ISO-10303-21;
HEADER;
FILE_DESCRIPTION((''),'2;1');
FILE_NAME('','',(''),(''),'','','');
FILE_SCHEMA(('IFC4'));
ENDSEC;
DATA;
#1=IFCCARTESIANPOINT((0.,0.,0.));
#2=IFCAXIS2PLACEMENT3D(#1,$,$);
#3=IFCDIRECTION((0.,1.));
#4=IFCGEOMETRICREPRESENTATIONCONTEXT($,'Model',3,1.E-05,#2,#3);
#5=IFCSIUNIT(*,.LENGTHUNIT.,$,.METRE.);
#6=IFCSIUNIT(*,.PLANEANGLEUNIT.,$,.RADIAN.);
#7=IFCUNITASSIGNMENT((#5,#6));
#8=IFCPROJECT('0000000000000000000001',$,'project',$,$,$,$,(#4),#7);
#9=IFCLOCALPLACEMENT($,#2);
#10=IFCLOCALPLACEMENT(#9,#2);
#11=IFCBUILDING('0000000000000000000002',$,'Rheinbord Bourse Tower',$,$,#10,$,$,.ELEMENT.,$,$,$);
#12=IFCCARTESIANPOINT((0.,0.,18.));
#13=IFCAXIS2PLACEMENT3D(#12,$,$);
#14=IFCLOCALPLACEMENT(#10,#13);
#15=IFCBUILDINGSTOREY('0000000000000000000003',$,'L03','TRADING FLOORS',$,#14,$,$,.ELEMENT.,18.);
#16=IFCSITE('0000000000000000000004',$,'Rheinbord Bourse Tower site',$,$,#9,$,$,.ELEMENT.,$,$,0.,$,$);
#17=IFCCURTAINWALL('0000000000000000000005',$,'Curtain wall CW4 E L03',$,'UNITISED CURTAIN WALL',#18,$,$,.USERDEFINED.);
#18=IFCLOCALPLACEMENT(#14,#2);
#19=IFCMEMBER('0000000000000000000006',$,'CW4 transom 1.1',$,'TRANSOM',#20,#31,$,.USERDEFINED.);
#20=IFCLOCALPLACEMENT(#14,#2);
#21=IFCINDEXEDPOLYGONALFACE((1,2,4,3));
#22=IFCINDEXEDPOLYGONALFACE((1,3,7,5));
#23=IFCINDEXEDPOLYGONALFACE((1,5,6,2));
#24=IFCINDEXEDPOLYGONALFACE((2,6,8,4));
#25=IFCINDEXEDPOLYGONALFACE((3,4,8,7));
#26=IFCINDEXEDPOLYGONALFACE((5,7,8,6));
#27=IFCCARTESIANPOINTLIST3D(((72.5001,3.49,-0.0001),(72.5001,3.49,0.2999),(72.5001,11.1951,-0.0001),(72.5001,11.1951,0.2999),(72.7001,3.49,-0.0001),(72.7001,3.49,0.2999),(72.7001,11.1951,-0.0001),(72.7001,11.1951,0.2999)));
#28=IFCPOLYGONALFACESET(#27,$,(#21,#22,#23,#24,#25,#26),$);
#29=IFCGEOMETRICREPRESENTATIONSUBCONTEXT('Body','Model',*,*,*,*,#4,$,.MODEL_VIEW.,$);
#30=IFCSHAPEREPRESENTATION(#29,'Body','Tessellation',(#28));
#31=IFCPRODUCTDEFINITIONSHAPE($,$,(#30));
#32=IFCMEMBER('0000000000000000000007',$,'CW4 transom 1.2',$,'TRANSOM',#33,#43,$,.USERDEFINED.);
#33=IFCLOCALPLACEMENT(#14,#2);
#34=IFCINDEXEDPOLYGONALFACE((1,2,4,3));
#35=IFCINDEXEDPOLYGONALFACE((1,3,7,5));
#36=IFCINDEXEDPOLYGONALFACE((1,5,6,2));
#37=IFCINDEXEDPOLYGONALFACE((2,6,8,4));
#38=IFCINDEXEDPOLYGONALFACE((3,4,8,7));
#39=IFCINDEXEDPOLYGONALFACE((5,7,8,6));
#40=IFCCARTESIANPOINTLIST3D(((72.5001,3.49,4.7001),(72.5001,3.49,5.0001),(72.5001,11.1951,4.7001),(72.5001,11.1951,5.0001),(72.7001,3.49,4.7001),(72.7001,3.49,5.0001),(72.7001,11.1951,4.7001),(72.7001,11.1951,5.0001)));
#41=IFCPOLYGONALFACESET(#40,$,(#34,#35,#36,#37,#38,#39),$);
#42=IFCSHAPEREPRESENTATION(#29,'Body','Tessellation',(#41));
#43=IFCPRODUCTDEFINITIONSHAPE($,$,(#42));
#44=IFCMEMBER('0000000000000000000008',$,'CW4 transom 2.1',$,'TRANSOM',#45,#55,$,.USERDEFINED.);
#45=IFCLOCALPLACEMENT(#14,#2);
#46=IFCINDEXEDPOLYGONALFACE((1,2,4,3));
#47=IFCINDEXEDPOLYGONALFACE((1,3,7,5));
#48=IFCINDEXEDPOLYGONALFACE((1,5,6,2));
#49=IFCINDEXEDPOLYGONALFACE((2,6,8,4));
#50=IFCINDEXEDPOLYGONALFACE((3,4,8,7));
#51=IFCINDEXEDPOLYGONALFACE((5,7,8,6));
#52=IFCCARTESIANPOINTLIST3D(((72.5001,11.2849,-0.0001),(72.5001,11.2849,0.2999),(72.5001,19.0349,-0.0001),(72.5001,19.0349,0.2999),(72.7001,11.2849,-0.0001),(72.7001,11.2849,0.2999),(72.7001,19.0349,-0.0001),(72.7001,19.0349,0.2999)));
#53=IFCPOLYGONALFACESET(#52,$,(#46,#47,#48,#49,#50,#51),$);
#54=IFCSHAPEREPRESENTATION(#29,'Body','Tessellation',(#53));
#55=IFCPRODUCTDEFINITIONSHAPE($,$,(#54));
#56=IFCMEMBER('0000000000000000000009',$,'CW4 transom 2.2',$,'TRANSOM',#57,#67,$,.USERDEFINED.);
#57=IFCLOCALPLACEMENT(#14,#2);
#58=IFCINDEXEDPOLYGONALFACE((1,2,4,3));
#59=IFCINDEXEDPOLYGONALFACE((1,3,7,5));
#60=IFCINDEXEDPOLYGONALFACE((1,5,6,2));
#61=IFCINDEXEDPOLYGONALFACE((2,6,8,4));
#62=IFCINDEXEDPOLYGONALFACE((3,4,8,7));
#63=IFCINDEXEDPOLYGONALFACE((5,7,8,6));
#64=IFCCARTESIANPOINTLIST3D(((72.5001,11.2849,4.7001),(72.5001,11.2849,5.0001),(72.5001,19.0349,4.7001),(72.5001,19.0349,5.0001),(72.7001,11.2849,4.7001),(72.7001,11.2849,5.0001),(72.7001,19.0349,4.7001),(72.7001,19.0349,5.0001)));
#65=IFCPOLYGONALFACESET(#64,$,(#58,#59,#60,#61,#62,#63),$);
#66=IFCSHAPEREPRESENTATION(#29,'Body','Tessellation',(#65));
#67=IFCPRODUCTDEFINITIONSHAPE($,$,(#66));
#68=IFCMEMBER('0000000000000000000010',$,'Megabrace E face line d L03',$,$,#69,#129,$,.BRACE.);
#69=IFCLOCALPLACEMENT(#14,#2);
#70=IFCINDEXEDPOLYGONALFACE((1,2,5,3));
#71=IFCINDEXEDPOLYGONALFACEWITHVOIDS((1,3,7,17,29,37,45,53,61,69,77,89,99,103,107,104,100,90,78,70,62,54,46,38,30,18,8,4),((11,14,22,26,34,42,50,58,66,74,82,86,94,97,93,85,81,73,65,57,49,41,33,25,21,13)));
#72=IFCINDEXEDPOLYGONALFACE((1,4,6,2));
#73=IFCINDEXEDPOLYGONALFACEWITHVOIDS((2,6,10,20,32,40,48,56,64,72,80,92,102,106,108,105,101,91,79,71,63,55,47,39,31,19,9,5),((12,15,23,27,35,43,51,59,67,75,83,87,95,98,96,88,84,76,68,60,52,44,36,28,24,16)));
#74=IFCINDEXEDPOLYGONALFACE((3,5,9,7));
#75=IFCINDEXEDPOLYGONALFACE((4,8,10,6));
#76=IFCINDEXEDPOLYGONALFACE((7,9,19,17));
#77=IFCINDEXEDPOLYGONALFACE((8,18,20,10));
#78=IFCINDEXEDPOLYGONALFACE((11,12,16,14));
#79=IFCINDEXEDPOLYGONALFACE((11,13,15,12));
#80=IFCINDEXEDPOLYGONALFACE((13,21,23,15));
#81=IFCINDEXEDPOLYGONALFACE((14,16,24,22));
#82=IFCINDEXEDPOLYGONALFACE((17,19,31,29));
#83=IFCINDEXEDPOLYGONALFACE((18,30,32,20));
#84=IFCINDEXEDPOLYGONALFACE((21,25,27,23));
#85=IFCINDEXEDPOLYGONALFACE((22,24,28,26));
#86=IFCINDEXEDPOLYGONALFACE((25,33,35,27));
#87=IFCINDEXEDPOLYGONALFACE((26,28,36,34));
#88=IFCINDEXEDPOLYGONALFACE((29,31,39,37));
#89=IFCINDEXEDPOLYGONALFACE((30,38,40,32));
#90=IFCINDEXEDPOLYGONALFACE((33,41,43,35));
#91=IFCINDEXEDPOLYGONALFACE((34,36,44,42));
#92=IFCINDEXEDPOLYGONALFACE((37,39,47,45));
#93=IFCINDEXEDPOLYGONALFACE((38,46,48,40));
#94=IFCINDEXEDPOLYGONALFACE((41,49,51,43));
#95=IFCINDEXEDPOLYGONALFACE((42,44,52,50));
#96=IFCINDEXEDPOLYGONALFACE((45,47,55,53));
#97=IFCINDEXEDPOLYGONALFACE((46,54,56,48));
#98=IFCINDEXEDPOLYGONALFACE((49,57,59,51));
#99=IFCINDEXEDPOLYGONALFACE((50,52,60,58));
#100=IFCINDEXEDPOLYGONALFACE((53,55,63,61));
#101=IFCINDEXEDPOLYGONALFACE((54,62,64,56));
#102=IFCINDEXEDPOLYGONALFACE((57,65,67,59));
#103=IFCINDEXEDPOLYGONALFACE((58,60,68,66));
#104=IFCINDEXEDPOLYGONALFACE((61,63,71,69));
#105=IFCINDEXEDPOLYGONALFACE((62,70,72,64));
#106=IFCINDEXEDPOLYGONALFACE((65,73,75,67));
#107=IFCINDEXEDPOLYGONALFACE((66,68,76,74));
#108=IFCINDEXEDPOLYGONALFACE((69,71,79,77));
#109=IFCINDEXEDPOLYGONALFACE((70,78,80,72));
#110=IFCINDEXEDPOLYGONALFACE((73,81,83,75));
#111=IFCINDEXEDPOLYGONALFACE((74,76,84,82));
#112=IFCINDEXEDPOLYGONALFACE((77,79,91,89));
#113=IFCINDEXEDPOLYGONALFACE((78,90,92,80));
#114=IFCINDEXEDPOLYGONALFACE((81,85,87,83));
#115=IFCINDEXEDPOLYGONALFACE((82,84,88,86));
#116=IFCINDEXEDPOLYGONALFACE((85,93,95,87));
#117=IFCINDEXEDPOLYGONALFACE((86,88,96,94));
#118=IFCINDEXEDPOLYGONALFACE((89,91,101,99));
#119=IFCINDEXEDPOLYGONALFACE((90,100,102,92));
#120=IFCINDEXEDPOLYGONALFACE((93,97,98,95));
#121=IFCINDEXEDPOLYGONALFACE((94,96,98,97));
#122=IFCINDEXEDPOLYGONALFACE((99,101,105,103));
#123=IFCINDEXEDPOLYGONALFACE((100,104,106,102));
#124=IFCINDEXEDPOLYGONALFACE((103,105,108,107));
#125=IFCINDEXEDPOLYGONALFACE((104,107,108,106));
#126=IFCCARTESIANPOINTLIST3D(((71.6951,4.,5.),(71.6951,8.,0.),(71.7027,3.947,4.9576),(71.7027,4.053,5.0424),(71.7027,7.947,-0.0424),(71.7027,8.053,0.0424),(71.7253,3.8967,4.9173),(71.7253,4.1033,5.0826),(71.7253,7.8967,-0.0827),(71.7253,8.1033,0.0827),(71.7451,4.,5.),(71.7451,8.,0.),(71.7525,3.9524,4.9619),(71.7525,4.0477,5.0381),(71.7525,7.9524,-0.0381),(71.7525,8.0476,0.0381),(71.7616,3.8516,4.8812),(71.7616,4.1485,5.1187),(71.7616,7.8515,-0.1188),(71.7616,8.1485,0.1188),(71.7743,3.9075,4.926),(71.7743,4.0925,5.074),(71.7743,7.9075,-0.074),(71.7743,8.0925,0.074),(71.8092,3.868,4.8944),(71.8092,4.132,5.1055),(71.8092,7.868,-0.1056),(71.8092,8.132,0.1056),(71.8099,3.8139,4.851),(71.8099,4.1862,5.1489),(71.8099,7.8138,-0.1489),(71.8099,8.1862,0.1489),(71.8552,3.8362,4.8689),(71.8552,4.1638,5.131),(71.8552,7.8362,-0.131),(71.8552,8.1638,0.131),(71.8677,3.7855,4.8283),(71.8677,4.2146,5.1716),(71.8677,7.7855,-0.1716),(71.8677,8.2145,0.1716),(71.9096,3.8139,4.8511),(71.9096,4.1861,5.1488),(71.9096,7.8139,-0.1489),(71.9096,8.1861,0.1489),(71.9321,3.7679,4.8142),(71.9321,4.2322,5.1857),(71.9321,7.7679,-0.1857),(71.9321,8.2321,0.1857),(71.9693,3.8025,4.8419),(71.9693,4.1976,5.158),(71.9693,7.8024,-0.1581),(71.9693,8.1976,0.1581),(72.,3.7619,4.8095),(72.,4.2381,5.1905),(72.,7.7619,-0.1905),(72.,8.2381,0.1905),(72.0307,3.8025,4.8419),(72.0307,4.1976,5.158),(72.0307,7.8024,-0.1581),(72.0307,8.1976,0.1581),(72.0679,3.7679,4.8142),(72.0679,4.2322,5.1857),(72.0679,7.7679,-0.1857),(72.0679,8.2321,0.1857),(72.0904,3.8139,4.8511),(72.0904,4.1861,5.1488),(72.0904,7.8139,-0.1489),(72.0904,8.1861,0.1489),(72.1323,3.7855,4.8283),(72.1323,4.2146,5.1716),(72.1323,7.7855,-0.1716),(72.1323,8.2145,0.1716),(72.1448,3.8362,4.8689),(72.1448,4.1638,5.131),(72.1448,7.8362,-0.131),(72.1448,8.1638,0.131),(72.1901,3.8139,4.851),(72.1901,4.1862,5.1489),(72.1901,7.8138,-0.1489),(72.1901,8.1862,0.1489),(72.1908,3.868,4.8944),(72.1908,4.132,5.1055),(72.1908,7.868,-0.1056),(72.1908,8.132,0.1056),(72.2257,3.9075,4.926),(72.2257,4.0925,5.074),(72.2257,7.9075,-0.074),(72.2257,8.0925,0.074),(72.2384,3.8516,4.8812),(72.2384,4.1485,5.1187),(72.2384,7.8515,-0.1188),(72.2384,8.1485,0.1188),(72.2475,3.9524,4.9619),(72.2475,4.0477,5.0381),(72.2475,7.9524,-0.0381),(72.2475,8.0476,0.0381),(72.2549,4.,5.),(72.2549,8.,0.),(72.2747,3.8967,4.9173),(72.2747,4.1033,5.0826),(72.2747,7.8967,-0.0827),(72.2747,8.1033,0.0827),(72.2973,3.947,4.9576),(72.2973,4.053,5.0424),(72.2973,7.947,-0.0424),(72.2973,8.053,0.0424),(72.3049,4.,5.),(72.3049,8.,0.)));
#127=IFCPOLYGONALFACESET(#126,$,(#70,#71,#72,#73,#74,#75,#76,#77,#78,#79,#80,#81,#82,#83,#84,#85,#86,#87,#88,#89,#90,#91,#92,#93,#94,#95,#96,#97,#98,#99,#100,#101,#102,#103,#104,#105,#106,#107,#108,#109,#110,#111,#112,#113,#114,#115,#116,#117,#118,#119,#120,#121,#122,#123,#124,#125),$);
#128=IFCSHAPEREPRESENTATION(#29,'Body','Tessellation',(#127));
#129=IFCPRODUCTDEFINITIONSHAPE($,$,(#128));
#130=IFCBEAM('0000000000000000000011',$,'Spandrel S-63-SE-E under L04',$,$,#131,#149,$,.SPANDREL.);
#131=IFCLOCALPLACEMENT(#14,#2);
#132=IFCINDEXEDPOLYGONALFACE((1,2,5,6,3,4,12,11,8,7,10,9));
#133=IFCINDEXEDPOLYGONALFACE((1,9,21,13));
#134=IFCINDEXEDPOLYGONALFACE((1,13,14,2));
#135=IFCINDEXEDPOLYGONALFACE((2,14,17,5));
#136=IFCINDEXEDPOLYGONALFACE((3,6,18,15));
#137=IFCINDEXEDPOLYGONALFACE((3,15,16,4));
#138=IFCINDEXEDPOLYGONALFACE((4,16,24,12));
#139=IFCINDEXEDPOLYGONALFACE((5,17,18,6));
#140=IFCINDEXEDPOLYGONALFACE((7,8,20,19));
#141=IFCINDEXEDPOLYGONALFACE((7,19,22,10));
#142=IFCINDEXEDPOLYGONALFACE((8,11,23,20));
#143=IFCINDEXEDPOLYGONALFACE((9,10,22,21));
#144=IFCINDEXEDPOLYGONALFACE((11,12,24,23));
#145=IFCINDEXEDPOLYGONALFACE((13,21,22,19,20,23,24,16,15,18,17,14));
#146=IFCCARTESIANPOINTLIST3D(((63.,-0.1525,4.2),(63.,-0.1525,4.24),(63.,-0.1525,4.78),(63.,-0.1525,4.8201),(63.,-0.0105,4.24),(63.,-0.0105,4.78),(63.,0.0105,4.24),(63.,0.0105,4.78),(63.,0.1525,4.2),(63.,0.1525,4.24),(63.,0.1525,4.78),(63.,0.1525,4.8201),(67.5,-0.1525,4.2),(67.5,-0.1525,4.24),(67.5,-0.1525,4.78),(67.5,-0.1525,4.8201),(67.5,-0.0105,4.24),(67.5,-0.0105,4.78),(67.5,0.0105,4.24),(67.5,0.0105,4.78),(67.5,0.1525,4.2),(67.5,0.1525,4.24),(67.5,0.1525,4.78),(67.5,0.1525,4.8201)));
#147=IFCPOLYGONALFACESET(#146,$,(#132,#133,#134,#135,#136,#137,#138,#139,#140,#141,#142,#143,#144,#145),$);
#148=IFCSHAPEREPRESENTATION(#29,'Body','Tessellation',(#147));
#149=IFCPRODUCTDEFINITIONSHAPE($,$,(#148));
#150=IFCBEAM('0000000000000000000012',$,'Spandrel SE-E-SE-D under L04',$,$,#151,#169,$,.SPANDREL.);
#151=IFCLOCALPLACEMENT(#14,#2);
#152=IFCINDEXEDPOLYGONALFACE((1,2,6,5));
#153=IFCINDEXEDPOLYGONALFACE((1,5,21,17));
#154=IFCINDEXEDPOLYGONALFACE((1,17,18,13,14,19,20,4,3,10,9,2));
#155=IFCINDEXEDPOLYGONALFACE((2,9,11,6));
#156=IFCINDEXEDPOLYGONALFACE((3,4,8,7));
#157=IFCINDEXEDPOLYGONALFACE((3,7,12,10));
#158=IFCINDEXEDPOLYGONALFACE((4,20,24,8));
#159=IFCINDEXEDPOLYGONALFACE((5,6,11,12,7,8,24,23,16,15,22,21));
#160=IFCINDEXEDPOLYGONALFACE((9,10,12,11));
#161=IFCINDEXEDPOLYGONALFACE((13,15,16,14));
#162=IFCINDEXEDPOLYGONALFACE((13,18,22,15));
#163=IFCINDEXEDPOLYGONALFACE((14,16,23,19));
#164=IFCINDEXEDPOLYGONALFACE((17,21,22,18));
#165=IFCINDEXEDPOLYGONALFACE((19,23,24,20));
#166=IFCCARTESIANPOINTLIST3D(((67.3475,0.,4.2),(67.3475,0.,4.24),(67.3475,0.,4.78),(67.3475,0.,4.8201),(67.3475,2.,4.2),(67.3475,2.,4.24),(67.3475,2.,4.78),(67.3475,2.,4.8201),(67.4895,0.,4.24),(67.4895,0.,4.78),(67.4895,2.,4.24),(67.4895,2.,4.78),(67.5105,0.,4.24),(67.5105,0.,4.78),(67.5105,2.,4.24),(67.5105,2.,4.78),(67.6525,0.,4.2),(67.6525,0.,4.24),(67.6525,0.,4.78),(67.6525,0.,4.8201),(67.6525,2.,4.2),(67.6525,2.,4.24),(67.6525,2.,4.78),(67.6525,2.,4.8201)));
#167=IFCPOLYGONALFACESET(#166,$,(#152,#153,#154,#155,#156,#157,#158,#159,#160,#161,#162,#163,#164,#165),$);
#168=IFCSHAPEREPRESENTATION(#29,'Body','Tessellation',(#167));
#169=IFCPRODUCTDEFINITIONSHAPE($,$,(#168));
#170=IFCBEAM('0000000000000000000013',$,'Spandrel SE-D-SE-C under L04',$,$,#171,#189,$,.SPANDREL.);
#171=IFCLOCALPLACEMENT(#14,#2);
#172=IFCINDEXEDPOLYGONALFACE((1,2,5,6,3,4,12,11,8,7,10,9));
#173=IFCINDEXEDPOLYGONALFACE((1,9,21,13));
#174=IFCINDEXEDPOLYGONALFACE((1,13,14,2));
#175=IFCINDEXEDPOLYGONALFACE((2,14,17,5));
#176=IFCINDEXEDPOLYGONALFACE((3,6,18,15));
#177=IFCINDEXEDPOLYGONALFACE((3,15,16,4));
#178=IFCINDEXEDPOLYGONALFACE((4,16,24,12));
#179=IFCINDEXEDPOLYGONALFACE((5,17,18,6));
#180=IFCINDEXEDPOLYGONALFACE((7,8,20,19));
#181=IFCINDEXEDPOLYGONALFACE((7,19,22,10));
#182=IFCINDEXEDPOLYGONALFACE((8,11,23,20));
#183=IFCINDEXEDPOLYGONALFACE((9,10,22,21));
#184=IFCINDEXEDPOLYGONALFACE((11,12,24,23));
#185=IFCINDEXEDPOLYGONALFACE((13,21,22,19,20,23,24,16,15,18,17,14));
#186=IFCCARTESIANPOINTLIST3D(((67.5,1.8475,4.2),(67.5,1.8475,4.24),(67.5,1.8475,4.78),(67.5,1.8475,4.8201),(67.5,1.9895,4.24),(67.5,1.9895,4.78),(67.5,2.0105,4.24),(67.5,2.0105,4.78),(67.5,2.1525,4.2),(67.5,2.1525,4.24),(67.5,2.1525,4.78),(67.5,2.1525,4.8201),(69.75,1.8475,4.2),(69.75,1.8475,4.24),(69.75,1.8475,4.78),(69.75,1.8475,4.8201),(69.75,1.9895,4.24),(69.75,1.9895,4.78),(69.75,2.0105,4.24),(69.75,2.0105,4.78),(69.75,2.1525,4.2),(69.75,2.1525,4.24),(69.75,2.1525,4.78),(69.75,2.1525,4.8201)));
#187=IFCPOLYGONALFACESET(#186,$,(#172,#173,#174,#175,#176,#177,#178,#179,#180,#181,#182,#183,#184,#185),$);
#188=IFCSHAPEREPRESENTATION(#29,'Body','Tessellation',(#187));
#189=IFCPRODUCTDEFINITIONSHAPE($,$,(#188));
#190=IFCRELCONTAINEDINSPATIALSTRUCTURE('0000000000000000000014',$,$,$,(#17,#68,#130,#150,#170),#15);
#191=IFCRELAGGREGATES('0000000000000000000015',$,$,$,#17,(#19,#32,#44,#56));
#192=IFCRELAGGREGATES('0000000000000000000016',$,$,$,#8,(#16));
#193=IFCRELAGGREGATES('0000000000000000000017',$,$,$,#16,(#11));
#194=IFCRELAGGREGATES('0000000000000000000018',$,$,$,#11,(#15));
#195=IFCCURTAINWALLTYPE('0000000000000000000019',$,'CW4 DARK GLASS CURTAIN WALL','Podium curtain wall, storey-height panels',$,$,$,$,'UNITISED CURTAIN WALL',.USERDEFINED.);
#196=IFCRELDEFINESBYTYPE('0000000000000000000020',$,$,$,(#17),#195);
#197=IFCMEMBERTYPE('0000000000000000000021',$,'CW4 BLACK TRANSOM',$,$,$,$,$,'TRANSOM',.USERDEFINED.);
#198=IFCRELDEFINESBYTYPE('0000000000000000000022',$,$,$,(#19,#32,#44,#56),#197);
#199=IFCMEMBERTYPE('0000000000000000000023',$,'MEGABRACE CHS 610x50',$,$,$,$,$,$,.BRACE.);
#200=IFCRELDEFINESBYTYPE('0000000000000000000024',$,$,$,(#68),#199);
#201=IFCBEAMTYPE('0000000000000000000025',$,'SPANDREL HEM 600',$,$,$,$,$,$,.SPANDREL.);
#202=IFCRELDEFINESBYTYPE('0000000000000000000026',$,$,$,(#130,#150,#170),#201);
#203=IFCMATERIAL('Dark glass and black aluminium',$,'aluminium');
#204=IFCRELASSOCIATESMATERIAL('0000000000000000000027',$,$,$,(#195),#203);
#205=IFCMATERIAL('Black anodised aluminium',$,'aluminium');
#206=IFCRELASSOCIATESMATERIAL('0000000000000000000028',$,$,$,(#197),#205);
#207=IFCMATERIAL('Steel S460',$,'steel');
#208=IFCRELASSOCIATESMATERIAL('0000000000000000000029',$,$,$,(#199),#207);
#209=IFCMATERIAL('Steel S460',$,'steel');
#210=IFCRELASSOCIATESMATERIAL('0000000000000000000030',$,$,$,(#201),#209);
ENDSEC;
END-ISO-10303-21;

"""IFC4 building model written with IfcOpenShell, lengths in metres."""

from ifc_helpers import new_model, si_unit, direction, frame, origin, origin_2d, place, context, subcontext, project, spatial, rectangle, hollow_circle, i_section, extrude, material, material_profile, profile_set, type_object, element, aggregate, save


model = new_model("IFC4")

# Units and contexts
model_context = context("Model", 3, precision=1e-05, world=origin(), true_north=direction((0.0, 1.0)))
body_context = subcontext(model_context, "Body", "Model", "MODEL_VIEW")
ifc_project = project(units=[si_unit("LENGTHUNIT", "METRE"), si_unit("PLANEANGLEUNIT", "RADIAN")], contexts=[model_context])

# Site, building, storey
site_placement = place(None, origin())
site = spatial("IfcSite", under=ifc_project, at=site_placement, Name="Rheinbord Bourse Tower site", CompositionType="ELEMENT", RefElevation=0.0)
building_placement = place(site_placement, origin())
building = spatial("IfcBuilding", under=site, at=building_placement, Name="Rheinbord Bourse Tower", CompositionType="ELEMENT")
storey_placement = place(building_placement, frame((0.0, 0.0, 18.0)))
storey = spatial("IfcBuildingStorey", under=building, at=storey_placement, Name="L03", Description="TRADING FLOORS", CompositionType="ELEMENT", Elevation=18.0)

# Curtain wall
ifc_material_1 = material(Name="Dark glass and black aluminium", Category="aluminium")
curtain_wall_type = type_object("IfcCurtainWallType", Name="CW4 DARK GLASS CURTAIN WALL", Description="Podium curtain wall, storey-height panels", ElementType="UNITISED CURTAIN WALL", PredefinedType="USERDEFINED", material=ifc_material_1)
curtain_wall_1_placement = place(storey_placement, origin())
curtain_wall_1 = element("IfcCurtainWall", 1, at=curtain_wall_1_placement, inside=storey, type_object=curtain_wall_type, Name="Curtain wall CW4 E L03", ObjectType="UNITISED CURTAIN WALL", PredefinedType="USERDEFINED")

# Members
ifc_material_2 = material(Name="Black anodised aluminium", Category="aluminium")
ifc_material_profile_1 = material_profile(ifc_material_2, rectangle(XDim=0.2, YDim=0.3, at=origin_2d()), Name="CW4 TRANSOM 300x200")
ifc_profile_set_1 = profile_set([ifc_material_profile_1], Name="Black anodised aluminium")
member_type_1 = type_object("IfcMemberType", Name="CW4 BLACK TRANSOM", ElementType="TRANSOM", PredefinedType="USERDEFINED", material=ifc_profile_set_1)
member_1_placement = place(storey_placement, frame((72.6001, 3.49, 0.1499), z_axis=(0.0, 1.0, 0.0), x_axis=(-1.0, 0.0, 0.0)))
member_1 = element("IfcMember", 2, at=member_1_placement, type_object=member_type_1, Name="CW4 transom 1.1", ObjectType="TRANSOM", PredefinedType="USERDEFINED", context=body_context, shape_type="SweptSolid", body=[
    extrude(rectangle(XDim=0.2, YDim=0.3, at=origin_2d()), origin(), (0.0, 0.0, 1.0), 7.7051),
])
member_2_placement = place(storey_placement, frame((72.6001, 3.49, 4.8501), z_axis=(0.0, 1.0, 0.0), x_axis=(-1.0, 0.0, 0.0)))
member_2 = element("IfcMember", 3, at=member_2_placement, type_object=member_type_1, Name="CW4 transom 1.2", ObjectType="TRANSOM", PredefinedType="USERDEFINED", context=body_context, shape_type="SweptSolid", body=[
    extrude(rectangle(XDim=0.2, YDim=0.3, at=origin_2d()), origin(), (0.0, 0.0, 1.0), 7.7051),
])
member_3_placement = place(storey_placement, frame((72.6001, 11.2849, 0.1499), z_axis=(0.0, 1.0, 0.0), x_axis=(-1.0, 0.0, 0.0)))
member_3 = element("IfcMember", 4, at=member_3_placement, type_object=member_type_1, Name="CW4 transom 2.1", ObjectType="TRANSOM", PredefinedType="USERDEFINED", context=body_context, shape_type="SweptSolid", body=[
    extrude(rectangle(XDim=0.2, YDim=0.3, at=origin_2d()), origin(), (0.0, 0.0, 1.0), 7.75),
])
member_4_placement = place(storey_placement, frame((72.6001, 11.2849, 4.8501), z_axis=(0.0, 1.0, 0.0), x_axis=(-1.0, 0.0, 0.0)))
member_4 = element("IfcMember", 5, at=member_4_placement, type_object=member_type_1, Name="CW4 transom 2.2", ObjectType="TRANSOM", PredefinedType="USERDEFINED", context=body_context, shape_type="SweptSolid", body=[
    extrude(rectangle(XDim=0.2, YDim=0.3, at=origin_2d()), origin(), (0.0, 0.0, 1.0), 7.75),
])
ifc_material_3 = material(Name="Steel S460", Category="steel")
ifc_material_profile_2 = material_profile(ifc_material_3, hollow_circle(Radius=0.3049, WallThickness=0.05, at=origin_2d()), Name="CHS 610x50")
ifc_profile_set_2 = profile_set([ifc_material_profile_2], Name="Steel S460")
member_type_2 = type_object("IfcMemberType", Name="MEGABRACE CHS 610x50", PredefinedType="BRACE", material=ifc_profile_set_2)
member_5_placement = place(storey_placement, frame((72.0, 8.0, 0.0), z_axis=(0.0, -0.624695, 0.780869), x_axis=(1.0, 0.0, 0.0)))
element("IfcMember", 6, at=member_5_placement, inside=storey, type_object=member_type_2, Name="Megabrace E face line d L03", PredefinedType="BRACE", context=body_context, shape_type="SweptSolid", body=[
    extrude(hollow_circle(Radius=0.3049, WallThickness=0.05, at=origin_2d()), origin(), (0.0, 0.0, 1.0), 6.4031),
])

# Beams
ifc_material_4 = material(Name="Steel S460", Category="steel")
ifc_material_profile_3 = material_profile(ifc_material_4, i_section(OverallWidth=0.3049, OverallDepth=0.6201, WebThickness=0.021, FlangeThickness=0.04, at=origin_2d()), Name="HEM 600")
ifc_profile_set_3 = profile_set([ifc_material_profile_3], Name="Steel S460")
beam_type_1 = type_object("IfcBeamType", Name="SPANDREL HEM 600", PredefinedType="SPANDREL", material=ifc_profile_set_3)
beam_1_placement = place(storey_placement, frame((63.0, 0.0, 4.51), z_axis=(1.0, 0.0, 0.0), x_axis=(0.0, 1.0, 0.0)))
element("IfcBeam", 7, at=beam_1_placement, inside=storey, type_object=beam_type_1, Name="Spandrel S-63-SE-E under L04", PredefinedType="SPANDREL", context=body_context, shape_type="SweptSolid", body=[
    extrude(i_section(OverallWidth=0.3049, OverallDepth=0.6201, WebThickness=0.021, FlangeThickness=0.04, at=origin_2d()), origin(), (0.0, 0.0, 1.0), 4.5),
])
beam_2_placement = place(storey_placement, frame((67.5, 0.0, 4.51), z_axis=(0.0, 1.0, 0.0), x_axis=(-1.0, 0.0, 0.0)))
element("IfcBeam", 8, at=beam_2_placement, inside=storey, type_object=beam_type_1, Name="Spandrel SE-E-SE-D under L04", PredefinedType="SPANDREL", context=body_context, shape_type="SweptSolid", body=[
    extrude(i_section(OverallWidth=0.3049, OverallDepth=0.6201, WebThickness=0.021, FlangeThickness=0.04, at=origin_2d()), origin(), (0.0, 0.0, 1.0), 2.0),
])
beam_3_placement = place(storey_placement, frame((67.5, 2.0, 4.51), z_axis=(1.0, 0.0, 0.0), x_axis=(0.0, 1.0, 0.0)))
element("IfcBeam", 9, at=beam_3_placement, inside=storey, type_object=beam_type_1, Name="Spandrel SE-D-SE-C under L04", PredefinedType="SPANDREL", context=body_context, shape_type="SweptSolid", body=[
    extrude(i_section(OverallWidth=0.3049, OverallDepth=0.6201, WebThickness=0.021, FlangeThickness=0.04, at=origin_2d()), origin(), (0.0, 0.0, 1.0), 2.25),
])

aggregate(curtain_wall_1, [member_1, member_2, member_3, member_4])

save(model, "model.ifc")
